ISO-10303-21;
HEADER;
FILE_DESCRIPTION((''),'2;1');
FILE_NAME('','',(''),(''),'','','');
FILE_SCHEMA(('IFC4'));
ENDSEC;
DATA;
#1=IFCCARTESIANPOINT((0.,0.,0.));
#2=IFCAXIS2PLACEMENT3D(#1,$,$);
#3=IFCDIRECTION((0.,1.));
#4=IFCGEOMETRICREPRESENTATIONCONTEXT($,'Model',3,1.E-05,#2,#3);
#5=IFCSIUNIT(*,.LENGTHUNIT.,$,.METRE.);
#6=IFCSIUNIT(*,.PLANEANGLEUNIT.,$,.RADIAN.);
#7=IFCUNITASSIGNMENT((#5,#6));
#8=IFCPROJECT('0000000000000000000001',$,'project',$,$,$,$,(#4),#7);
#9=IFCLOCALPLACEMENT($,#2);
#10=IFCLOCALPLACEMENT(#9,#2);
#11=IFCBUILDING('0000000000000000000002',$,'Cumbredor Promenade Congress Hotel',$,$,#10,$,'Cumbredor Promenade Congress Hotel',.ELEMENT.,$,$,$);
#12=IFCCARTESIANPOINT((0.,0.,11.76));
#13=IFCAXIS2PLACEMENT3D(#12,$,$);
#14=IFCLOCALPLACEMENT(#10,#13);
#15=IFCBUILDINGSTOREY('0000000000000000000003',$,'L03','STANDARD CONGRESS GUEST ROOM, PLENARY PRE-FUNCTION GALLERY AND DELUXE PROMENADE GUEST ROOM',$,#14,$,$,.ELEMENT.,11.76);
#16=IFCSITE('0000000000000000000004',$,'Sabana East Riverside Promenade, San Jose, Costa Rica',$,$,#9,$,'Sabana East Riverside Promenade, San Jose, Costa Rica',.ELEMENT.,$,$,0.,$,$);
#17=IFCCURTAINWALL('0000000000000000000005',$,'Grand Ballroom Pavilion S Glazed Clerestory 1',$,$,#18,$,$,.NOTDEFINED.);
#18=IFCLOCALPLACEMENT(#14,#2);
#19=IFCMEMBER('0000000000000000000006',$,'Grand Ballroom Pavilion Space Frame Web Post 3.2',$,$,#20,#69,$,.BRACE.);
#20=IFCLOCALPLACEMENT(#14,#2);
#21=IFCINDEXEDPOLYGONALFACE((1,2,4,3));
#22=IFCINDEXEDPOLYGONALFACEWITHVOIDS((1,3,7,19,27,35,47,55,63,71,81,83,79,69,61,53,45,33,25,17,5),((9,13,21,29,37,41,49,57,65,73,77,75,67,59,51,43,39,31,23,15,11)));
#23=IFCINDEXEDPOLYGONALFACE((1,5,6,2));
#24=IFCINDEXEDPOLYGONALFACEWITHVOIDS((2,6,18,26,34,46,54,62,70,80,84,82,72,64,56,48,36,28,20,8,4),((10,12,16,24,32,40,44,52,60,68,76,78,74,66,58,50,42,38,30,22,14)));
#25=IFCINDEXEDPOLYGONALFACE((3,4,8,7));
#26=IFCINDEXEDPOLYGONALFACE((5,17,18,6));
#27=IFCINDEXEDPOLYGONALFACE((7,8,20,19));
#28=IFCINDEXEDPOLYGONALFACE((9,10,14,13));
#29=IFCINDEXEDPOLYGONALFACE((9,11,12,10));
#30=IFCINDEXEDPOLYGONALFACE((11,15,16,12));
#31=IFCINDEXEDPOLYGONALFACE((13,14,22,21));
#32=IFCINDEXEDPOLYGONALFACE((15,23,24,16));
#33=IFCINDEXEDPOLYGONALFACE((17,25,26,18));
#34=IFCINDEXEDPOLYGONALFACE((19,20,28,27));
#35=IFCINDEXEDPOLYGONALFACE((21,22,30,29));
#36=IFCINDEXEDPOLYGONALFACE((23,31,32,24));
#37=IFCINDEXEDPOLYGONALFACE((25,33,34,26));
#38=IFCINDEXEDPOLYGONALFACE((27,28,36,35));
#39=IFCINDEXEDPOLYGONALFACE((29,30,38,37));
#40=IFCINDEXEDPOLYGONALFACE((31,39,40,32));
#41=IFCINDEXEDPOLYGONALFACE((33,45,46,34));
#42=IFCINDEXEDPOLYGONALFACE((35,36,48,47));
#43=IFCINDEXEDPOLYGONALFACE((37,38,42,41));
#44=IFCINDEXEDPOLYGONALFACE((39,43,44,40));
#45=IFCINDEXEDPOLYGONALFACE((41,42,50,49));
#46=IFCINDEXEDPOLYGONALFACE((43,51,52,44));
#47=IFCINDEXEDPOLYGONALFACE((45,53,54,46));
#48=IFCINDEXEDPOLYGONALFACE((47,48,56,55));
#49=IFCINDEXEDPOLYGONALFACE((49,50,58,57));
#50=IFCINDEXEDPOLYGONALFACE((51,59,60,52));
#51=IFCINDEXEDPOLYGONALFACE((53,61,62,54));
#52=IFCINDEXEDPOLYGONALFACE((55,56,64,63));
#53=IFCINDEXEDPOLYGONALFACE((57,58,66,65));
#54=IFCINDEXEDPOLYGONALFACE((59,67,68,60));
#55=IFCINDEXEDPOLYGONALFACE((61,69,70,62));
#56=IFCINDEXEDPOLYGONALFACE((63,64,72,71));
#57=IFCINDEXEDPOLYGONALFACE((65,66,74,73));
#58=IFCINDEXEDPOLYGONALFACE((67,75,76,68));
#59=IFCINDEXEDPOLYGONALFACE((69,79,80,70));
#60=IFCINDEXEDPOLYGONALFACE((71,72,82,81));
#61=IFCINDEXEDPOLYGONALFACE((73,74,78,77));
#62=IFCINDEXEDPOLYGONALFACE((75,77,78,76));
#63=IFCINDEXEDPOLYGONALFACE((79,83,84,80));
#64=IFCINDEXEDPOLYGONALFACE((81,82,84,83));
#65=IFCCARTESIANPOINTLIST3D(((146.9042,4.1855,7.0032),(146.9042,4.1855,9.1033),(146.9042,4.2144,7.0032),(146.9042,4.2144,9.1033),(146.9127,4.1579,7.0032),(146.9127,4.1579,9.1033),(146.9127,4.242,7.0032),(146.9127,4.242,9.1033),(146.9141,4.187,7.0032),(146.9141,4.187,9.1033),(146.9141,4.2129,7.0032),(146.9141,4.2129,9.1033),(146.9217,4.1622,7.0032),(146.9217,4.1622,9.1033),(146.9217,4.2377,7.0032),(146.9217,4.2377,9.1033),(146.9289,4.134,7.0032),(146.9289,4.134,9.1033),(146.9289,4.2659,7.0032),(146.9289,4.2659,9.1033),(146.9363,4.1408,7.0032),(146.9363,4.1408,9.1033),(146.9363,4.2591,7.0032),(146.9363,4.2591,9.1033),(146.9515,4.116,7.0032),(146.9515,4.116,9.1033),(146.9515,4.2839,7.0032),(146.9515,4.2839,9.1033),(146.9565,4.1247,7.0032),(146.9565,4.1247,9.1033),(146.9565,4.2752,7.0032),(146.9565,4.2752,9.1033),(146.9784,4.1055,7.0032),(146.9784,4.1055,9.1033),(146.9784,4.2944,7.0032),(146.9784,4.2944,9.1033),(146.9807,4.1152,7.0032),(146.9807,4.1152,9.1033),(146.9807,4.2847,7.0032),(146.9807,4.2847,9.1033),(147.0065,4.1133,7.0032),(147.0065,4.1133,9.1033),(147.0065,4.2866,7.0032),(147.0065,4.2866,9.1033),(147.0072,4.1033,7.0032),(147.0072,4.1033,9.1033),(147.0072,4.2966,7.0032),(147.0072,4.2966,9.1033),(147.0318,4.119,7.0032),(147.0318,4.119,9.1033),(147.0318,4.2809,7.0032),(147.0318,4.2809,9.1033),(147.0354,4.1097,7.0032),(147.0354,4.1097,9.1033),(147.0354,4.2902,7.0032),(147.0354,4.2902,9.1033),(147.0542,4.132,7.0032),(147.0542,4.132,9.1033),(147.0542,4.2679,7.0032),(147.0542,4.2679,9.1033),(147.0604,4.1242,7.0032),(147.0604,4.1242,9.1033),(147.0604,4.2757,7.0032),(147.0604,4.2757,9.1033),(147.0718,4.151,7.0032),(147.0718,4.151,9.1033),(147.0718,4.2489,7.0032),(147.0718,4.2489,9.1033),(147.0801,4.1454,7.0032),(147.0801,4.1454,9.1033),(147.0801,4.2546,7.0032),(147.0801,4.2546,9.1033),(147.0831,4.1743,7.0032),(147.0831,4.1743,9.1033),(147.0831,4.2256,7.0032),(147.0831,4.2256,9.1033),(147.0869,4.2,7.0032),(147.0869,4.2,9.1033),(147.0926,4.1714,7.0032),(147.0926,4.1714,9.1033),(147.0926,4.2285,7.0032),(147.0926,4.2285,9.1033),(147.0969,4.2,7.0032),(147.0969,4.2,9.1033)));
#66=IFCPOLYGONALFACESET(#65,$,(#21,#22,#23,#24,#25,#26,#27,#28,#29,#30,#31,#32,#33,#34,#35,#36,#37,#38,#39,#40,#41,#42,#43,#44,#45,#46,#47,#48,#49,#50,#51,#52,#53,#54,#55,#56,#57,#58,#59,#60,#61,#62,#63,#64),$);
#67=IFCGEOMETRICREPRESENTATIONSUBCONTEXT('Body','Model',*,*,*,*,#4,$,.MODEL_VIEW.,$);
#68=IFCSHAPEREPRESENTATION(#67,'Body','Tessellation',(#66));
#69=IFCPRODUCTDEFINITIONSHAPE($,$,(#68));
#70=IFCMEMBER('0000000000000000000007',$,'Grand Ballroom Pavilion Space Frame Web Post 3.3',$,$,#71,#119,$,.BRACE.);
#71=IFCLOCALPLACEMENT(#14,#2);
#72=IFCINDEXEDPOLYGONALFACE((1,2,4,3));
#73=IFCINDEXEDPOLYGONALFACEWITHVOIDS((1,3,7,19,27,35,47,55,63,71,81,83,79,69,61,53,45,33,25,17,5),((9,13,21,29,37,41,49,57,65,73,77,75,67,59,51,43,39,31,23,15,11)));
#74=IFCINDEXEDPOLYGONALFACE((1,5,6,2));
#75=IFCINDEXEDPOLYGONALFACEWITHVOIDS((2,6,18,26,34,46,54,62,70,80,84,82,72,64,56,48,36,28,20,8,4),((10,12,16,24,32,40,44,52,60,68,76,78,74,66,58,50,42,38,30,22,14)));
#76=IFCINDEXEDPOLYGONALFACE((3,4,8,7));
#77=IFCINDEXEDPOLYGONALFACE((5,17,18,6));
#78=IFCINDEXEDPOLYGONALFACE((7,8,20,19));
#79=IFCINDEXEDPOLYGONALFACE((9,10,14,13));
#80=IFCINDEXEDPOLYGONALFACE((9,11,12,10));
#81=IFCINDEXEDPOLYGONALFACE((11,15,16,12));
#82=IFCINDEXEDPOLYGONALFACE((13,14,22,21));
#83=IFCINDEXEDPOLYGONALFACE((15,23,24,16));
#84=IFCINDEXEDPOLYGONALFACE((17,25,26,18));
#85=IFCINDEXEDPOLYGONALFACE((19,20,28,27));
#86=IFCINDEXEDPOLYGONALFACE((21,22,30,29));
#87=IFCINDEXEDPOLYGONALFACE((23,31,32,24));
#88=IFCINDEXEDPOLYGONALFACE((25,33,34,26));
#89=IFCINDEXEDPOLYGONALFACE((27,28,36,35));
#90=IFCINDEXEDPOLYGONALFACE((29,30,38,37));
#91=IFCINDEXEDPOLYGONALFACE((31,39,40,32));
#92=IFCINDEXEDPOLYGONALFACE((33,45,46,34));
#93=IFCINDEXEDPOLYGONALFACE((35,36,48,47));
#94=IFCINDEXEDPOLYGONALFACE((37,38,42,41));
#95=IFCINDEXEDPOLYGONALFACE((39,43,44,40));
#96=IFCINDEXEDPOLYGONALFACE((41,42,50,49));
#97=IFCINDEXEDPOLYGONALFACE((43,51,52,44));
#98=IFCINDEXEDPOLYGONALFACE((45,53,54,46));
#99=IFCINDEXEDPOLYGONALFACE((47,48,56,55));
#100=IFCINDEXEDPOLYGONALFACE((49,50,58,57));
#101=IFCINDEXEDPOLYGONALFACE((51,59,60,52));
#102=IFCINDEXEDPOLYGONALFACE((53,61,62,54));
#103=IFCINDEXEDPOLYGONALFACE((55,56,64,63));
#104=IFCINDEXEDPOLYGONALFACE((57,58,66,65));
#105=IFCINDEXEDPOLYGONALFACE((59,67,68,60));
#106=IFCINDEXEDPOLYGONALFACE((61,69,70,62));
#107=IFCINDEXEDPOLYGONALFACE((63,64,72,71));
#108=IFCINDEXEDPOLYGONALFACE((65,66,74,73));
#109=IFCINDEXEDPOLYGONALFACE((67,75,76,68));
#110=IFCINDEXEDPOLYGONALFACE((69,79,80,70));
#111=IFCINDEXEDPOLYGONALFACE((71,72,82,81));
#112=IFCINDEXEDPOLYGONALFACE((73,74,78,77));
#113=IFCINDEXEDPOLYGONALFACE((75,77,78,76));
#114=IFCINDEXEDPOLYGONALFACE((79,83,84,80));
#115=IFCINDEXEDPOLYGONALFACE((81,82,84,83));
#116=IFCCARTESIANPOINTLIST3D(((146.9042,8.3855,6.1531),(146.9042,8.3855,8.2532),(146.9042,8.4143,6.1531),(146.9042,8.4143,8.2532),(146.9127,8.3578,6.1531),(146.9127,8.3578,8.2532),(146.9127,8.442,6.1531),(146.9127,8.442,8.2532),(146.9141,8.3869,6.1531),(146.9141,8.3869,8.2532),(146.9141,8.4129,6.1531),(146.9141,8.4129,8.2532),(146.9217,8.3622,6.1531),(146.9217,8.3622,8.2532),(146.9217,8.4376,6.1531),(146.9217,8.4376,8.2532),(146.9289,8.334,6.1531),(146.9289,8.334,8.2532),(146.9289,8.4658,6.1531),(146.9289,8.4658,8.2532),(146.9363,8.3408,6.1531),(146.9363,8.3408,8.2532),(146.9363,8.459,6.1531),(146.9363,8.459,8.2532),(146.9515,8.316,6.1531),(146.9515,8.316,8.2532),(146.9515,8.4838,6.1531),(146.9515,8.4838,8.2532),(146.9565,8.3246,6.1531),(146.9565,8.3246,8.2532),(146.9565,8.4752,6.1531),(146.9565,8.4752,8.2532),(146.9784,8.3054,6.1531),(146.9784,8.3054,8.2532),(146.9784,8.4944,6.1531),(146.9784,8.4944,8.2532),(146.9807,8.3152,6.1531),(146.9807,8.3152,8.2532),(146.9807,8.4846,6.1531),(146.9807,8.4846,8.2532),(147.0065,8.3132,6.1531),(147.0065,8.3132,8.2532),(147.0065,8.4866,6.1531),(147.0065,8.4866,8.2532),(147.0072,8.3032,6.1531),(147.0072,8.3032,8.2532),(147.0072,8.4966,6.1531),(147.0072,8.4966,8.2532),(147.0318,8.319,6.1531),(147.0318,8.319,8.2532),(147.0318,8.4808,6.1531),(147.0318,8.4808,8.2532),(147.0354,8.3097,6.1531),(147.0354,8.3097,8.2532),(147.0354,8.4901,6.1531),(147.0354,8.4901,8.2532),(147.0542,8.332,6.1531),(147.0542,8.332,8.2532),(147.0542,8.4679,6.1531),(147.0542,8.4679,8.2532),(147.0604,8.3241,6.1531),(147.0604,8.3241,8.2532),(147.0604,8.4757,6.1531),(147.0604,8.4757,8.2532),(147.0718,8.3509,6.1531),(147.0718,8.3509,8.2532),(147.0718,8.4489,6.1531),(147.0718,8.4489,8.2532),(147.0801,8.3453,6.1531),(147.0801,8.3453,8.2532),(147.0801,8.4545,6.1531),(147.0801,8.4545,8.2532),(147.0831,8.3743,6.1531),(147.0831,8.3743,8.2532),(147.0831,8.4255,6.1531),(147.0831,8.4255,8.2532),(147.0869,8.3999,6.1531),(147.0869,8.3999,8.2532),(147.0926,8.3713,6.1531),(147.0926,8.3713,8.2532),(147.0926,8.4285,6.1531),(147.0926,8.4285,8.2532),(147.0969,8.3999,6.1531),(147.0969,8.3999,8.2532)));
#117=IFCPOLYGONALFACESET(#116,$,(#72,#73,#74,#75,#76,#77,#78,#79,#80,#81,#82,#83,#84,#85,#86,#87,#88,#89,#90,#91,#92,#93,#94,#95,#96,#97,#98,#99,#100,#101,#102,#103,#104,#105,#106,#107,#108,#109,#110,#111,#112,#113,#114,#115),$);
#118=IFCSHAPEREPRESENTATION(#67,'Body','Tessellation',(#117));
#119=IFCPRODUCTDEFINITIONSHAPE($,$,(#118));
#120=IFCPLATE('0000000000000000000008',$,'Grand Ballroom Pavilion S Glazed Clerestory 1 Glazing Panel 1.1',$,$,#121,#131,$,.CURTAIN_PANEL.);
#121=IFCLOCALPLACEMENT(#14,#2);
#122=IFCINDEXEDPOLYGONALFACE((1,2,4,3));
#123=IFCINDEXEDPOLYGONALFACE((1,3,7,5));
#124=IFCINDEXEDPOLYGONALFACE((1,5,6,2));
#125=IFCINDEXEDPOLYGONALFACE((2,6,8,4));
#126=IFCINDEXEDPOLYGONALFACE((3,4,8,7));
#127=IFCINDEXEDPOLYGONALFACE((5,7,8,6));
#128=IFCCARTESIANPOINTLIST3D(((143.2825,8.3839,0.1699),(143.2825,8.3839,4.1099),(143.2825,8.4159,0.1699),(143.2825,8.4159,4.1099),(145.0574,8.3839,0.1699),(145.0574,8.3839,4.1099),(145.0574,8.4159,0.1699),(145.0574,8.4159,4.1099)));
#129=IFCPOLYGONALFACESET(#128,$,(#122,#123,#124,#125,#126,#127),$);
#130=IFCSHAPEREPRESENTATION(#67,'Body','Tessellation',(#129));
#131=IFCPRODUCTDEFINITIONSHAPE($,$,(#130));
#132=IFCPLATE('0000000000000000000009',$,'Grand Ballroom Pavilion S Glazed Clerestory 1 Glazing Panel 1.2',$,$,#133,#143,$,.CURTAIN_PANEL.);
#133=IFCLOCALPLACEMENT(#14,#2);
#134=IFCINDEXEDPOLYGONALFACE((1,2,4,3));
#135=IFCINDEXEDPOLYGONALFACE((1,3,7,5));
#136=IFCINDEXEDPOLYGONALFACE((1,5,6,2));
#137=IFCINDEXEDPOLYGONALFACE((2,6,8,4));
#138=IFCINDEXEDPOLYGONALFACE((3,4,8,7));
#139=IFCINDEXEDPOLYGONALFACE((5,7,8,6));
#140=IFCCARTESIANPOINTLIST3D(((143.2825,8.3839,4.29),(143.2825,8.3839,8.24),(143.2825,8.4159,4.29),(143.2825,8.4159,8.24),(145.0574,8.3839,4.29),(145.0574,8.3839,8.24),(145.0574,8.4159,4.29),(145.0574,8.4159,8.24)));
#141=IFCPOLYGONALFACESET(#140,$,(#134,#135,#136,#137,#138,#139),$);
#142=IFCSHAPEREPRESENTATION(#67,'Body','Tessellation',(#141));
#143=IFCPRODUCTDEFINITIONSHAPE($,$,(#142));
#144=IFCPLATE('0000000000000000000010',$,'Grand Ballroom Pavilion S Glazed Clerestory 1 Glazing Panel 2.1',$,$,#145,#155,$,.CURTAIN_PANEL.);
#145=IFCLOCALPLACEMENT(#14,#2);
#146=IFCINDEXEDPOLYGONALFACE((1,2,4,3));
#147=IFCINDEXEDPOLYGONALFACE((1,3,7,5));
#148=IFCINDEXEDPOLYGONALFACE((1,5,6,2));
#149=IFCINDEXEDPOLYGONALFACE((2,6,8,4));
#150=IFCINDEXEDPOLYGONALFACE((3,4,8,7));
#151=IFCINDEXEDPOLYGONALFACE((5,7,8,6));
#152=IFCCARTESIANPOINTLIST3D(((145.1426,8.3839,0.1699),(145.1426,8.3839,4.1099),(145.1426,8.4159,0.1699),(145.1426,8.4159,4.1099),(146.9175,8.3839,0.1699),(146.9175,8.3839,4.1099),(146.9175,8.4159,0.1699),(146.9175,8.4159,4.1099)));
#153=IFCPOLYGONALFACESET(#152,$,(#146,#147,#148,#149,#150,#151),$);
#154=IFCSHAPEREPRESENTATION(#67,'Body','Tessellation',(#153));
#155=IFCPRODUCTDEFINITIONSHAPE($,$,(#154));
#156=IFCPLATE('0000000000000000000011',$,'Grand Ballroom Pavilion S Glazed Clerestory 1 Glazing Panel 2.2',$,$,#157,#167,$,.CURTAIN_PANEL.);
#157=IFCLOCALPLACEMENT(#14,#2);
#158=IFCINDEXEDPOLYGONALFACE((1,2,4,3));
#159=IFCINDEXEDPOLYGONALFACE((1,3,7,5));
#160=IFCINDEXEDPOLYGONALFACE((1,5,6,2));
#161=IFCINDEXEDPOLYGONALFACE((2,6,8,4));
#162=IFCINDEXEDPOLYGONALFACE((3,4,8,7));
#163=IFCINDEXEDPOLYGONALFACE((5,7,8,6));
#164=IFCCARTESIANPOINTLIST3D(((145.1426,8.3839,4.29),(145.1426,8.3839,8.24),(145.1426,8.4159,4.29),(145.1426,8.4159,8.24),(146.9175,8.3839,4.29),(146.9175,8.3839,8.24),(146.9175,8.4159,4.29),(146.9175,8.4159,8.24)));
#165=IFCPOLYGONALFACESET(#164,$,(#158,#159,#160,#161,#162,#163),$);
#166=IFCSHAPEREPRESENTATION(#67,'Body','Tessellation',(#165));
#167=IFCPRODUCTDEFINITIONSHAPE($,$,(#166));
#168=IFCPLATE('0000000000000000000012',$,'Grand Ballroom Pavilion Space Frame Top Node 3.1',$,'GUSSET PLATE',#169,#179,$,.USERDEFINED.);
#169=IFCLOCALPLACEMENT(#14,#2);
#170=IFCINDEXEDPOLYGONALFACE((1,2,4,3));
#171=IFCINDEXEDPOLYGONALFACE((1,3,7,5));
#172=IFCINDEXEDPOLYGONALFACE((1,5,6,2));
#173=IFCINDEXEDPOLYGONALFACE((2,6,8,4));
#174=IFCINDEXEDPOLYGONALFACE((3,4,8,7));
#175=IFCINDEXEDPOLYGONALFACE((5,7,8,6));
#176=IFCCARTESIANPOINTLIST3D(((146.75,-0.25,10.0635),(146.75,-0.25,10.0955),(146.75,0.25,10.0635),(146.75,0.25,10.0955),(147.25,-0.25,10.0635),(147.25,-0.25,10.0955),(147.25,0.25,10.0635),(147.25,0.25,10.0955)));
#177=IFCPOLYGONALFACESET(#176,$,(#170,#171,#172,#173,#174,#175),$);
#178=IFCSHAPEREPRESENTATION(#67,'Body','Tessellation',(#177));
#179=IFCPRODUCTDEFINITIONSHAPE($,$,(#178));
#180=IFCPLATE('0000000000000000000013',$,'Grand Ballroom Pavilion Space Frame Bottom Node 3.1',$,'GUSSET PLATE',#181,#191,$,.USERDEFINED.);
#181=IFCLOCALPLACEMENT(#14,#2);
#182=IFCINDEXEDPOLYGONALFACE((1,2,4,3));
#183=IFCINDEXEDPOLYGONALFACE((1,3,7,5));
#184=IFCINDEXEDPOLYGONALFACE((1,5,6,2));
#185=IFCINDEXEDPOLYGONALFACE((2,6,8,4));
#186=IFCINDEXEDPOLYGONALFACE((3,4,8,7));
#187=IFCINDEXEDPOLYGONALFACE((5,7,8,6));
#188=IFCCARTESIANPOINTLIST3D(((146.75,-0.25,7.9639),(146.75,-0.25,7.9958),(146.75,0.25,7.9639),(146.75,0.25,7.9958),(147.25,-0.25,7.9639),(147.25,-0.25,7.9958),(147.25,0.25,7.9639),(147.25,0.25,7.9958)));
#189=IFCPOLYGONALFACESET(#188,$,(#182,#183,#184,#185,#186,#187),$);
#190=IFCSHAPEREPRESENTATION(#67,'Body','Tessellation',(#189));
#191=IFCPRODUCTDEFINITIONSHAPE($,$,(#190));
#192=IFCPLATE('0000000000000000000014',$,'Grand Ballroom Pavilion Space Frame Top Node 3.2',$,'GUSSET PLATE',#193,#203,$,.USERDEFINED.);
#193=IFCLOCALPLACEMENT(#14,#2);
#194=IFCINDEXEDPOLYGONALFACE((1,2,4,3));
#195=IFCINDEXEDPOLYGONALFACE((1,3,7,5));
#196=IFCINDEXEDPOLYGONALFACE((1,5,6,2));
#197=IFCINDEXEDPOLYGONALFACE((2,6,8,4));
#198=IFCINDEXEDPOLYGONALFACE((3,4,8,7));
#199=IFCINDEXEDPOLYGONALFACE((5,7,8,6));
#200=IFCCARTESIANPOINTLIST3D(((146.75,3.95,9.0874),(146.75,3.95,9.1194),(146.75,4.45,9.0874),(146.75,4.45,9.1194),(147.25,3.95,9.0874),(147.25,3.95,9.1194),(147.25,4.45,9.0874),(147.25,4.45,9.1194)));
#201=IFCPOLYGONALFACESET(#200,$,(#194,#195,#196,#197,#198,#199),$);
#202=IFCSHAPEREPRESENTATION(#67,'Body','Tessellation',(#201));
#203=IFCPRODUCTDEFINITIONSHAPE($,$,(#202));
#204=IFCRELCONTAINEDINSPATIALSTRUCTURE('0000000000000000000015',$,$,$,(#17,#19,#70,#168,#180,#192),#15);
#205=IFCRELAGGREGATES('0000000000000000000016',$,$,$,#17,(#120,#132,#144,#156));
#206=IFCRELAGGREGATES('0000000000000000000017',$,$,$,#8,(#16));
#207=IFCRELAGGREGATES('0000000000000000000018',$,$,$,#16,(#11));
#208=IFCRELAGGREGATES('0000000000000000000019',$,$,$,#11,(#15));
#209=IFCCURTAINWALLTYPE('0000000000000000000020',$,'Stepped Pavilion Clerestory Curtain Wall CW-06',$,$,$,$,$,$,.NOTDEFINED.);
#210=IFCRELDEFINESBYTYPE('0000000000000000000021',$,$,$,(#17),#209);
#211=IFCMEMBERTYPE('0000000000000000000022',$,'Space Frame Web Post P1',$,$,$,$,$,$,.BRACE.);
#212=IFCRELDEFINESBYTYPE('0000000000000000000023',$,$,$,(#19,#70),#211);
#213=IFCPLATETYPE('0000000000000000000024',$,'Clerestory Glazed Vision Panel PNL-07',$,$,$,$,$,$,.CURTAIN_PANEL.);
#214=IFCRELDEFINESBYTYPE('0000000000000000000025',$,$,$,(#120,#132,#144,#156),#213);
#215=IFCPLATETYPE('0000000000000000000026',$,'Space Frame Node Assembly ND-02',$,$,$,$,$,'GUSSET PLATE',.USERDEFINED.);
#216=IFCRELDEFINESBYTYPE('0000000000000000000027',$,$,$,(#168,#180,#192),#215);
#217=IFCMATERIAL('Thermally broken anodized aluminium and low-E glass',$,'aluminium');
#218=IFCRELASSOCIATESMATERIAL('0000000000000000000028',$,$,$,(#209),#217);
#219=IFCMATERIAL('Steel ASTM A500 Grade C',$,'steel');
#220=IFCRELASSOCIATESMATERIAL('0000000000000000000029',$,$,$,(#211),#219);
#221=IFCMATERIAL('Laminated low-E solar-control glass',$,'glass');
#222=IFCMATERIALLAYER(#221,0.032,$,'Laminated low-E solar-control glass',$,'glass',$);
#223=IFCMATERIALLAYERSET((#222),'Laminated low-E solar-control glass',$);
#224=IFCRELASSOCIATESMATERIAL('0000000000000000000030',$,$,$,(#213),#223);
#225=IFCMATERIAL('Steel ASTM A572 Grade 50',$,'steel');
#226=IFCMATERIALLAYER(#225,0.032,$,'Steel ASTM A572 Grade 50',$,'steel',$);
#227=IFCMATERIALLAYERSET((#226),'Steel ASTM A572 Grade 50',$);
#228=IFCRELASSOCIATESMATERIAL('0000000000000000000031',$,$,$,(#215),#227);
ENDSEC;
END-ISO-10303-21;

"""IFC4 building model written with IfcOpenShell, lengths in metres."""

from ifc_helpers import new_model, si_unit, direction, frame, origin, origin_2d, place, context, subcontext, project, spatial, rectangle, hollow_circle, extrude, material, layer, layer_set, material_profile, profile_set, type_object, element, aggregate, save


model = new_model("IFC4")

# Units and contexts
model_context = context("Model", 3, precision=1e-05, world=origin(), true_north=direction((0.0, 1.0)))
body_context = subcontext(model_context, "Body", "Model", "MODEL_VIEW")
ifc_project = project(units=[si_unit("LENGTHUNIT", "METRE"), si_unit("PLANEANGLEUNIT", "RADIAN")], contexts=[model_context])

# Site, building, storey
site_placement = place(None, origin())
site = spatial("IfcSite", under=ifc_project, at=site_placement, Name="Sabana East Riverside Promenade, San Jose, Costa Rica", LongName="Sabana East Riverside Promenade, San Jose, Costa Rica", CompositionType="ELEMENT", RefElevation=0.0)
building_placement = place(site_placement, origin())
building = spatial("IfcBuilding", under=site, at=building_placement, Name="Cumbredor Promenade Congress Hotel", LongName="Cumbredor Promenade Congress Hotel", CompositionType="ELEMENT")
storey_placement = place(building_placement, frame((0.0, 0.0, 11.76)))
storey = spatial("IfcBuildingStorey", under=building, at=storey_placement, Name="L03", Description="STANDARD CONGRESS GUEST ROOM, PLENARY PRE-FUNCTION GALLERY AND DELUXE PROMENADE GUEST ROOM", CompositionType="ELEMENT", Elevation=11.76)

# Shared definitions
ifc_material_1 = material(Name="Steel ASTM A500 Grade C", Category="steel")

# Curtain wall
ifc_material_2 = material(Name="Thermally broken anodized aluminium and low-E glass", Category="aluminium")
curtain_wall_type = type_object("IfcCurtainWallType", Name="Stepped Pavilion Clerestory Curtain Wall CW-06", PredefinedType="NOTDEFINED", material=ifc_material_2)
curtain_wall_placement = place(storey_placement, origin())
curtain_wall = element("IfcCurtainWall", 1, at=curtain_wall_placement, inside=storey, type_object=curtain_wall_type, Name="Grand Ballroom Pavilion S Glazed Clerestory 1", PredefinedType="NOTDEFINED")

# Members
ifc_material_profile_1 = material_profile(ifc_material_1, hollow_circle(Radius=0.0969, WallThickness=0.01, at=origin_2d()), Name="CHS 193.7x10")
ifc_profile_set_1 = profile_set([ifc_material_profile_1], Name="Steel ASTM A500 Grade C")
member_type_1 = type_object("IfcMemberType", Name="Space Frame Web Post P1", PredefinedType="BRACE", material=ifc_profile_set_1)
for number, where, z_axis, x_axis, name in (
    (2, (147.0, 4.2, 7.0032), (0.0, 0.0, 1.0), (1.0, 0.0, 0.0), "Grand Ballroom Pavilion Space Frame Web Post 3.2"),
    (3, (147.0, 8.3999, 6.1531), (0.0, 0.0, 1.0), (1.0, 0.0, 0.0), "Grand Ballroom Pavilion Space Frame Web Post 3.3"),
):
    element("IfcMember", number, at=place(storey_placement, frame(where, z_axis=z_axis, x_axis=x_axis)), inside=storey, type_object=member_type_1, Name=name, PredefinedType="BRACE", context=body_context, shape_type="SweptSolid", body=[
        extrude(hollow_circle(Radius=0.0969, WallThickness=0.01, at=origin_2d()), origin(), (0.0, 0.0, 1.0), 2.1001),
    ])

# Plates
ifc_material_3 = material(Name="Laminated low-E solar-control glass", Category="glass")
ifc_layer_1 = layer(ifc_material_3, 0.032, Name="Laminated low-E solar-control glass", Category="glass")
ifc_layer_set_1 = layer_set([ifc_layer_1], Name="Laminated low-E solar-control glass")
plate_type_1 = type_object("IfcPlateType", Name="Clerestory Glazed Vision Panel PNL-07", PredefinedType="CURTAIN_PANEL", material=ifc_layer_set_1)
plate_1_placement = place(storey_placement, frame((144.1699, 8.3999, 0.1699), z_axis=(0.0, 0.0, 1.0), x_axis=(1.0, 0.0, 0.0)))
plate_1 = element("IfcPlate", 4, at=plate_1_placement, type_object=plate_type_1, Name="Grand Ballroom Pavilion S Glazed Clerestory 1 Glazing Panel 1.1", PredefinedType="CURTAIN_PANEL", context=body_context, shape_type="SweptSolid", body=[
    extrude(rectangle(XDim=1.7749, YDim=0.032, at=origin_2d()), origin(), (0.0, 0.0, 1.0), 3.9399),
])
plate_2_placement = place(storey_placement, frame((144.1699, 8.3999, 4.29), z_axis=(0.0, 0.0, 1.0), x_axis=(1.0, 0.0, 0.0)))
plate_2 = element("IfcPlate", 5, at=plate_2_placement, type_object=plate_type_1, Name="Grand Ballroom Pavilion S Glazed Clerestory 1 Glazing Panel 1.2", PredefinedType="CURTAIN_PANEL", context=body_context, shape_type="SweptSolid", body=[
    extrude(rectangle(XDim=1.7749, YDim=0.032, at=origin_2d()), origin(), (0.0, 0.0, 1.0), 3.95),
])
plate_3_placement = place(storey_placement, frame((146.03, 8.3999, 0.1699), z_axis=(0.0, 0.0, 1.0), x_axis=(1.0, 0.0, 0.0)))
plate_3 = element("IfcPlate", 6, at=plate_3_placement, type_object=plate_type_1, Name="Grand Ballroom Pavilion S Glazed Clerestory 1 Glazing Panel 2.1", PredefinedType="CURTAIN_PANEL", context=body_context, shape_type="SweptSolid", body=[
    extrude(rectangle(XDim=1.7749, YDim=0.032, at=origin_2d()), origin(), (0.0, 0.0, 1.0), 3.9399),
])
plate_4_placement = place(storey_placement, frame((146.03, 8.3999, 4.29), z_axis=(0.0, 0.0, 1.0), x_axis=(1.0, 0.0, 0.0)))
plate_4 = element("IfcPlate", 7, at=plate_4_placement, type_object=plate_type_1, Name="Grand Ballroom Pavilion S Glazed Clerestory 1 Glazing Panel 2.2", PredefinedType="CURTAIN_PANEL", context=body_context, shape_type="SweptSolid", body=[
    extrude(rectangle(XDim=1.7749, YDim=0.032, at=origin_2d()), origin(), (0.0, 0.0, 1.0), 3.95),
])
aggregate(curtain_wall, [plate_1, plate_2, plate_3, plate_4])

# Plates
ifc_material_4 = material(Name="Steel ASTM A572 Grade 50", Category="steel")
ifc_layer_2 = layer(ifc_material_4, 0.032, Name="Steel ASTM A572 Grade 50", Category="steel")
ifc_layer_set_2 = layer_set([ifc_layer_2], Name="Steel ASTM A572 Grade 50")
plate_type_2 = type_object("IfcPlateType", Name="Space Frame Node Assembly ND-02", ElementType="GUSSET PLATE", PredefinedType="USERDEFINED", material=ifc_layer_set_2)
for number, where, z_axis, x_axis, name in (
    (8, (147.0, 0.0, 10.0635), (0.0, 0.0, 1.0), (1.0, 0.0, 0.0), "Grand Ballroom Pavilion Space Frame Top Node 3.1"),
    (9, (147.0, 0.0, 7.9639), (0.0, 0.0, 1.0), (1.0, 0.0, 0.0), "Grand Ballroom Pavilion Space Frame Bottom Node 3.1"),
    (10, (147.0, 4.2, 9.0874), (0.0, 0.0, 1.0), (1.0, 0.0, 0.0), "Grand Ballroom Pavilion Space Frame Top Node 3.2"),
):
    element("IfcPlate", number, at=place(storey_placement, frame(where, z_axis=z_axis, x_axis=x_axis)), inside=storey, type_object=plate_type_2, Name=name, ObjectType="GUSSET PLATE", PredefinedType="USERDEFINED", context=body_context, shape_type="SweptSolid", body=[
        extrude(rectangle(XDim=0.5, YDim=0.5, at=origin_2d()), origin(), (0.0, 0.0, 1.0), 0.032),
    ])

save(model, "model.ifc")
